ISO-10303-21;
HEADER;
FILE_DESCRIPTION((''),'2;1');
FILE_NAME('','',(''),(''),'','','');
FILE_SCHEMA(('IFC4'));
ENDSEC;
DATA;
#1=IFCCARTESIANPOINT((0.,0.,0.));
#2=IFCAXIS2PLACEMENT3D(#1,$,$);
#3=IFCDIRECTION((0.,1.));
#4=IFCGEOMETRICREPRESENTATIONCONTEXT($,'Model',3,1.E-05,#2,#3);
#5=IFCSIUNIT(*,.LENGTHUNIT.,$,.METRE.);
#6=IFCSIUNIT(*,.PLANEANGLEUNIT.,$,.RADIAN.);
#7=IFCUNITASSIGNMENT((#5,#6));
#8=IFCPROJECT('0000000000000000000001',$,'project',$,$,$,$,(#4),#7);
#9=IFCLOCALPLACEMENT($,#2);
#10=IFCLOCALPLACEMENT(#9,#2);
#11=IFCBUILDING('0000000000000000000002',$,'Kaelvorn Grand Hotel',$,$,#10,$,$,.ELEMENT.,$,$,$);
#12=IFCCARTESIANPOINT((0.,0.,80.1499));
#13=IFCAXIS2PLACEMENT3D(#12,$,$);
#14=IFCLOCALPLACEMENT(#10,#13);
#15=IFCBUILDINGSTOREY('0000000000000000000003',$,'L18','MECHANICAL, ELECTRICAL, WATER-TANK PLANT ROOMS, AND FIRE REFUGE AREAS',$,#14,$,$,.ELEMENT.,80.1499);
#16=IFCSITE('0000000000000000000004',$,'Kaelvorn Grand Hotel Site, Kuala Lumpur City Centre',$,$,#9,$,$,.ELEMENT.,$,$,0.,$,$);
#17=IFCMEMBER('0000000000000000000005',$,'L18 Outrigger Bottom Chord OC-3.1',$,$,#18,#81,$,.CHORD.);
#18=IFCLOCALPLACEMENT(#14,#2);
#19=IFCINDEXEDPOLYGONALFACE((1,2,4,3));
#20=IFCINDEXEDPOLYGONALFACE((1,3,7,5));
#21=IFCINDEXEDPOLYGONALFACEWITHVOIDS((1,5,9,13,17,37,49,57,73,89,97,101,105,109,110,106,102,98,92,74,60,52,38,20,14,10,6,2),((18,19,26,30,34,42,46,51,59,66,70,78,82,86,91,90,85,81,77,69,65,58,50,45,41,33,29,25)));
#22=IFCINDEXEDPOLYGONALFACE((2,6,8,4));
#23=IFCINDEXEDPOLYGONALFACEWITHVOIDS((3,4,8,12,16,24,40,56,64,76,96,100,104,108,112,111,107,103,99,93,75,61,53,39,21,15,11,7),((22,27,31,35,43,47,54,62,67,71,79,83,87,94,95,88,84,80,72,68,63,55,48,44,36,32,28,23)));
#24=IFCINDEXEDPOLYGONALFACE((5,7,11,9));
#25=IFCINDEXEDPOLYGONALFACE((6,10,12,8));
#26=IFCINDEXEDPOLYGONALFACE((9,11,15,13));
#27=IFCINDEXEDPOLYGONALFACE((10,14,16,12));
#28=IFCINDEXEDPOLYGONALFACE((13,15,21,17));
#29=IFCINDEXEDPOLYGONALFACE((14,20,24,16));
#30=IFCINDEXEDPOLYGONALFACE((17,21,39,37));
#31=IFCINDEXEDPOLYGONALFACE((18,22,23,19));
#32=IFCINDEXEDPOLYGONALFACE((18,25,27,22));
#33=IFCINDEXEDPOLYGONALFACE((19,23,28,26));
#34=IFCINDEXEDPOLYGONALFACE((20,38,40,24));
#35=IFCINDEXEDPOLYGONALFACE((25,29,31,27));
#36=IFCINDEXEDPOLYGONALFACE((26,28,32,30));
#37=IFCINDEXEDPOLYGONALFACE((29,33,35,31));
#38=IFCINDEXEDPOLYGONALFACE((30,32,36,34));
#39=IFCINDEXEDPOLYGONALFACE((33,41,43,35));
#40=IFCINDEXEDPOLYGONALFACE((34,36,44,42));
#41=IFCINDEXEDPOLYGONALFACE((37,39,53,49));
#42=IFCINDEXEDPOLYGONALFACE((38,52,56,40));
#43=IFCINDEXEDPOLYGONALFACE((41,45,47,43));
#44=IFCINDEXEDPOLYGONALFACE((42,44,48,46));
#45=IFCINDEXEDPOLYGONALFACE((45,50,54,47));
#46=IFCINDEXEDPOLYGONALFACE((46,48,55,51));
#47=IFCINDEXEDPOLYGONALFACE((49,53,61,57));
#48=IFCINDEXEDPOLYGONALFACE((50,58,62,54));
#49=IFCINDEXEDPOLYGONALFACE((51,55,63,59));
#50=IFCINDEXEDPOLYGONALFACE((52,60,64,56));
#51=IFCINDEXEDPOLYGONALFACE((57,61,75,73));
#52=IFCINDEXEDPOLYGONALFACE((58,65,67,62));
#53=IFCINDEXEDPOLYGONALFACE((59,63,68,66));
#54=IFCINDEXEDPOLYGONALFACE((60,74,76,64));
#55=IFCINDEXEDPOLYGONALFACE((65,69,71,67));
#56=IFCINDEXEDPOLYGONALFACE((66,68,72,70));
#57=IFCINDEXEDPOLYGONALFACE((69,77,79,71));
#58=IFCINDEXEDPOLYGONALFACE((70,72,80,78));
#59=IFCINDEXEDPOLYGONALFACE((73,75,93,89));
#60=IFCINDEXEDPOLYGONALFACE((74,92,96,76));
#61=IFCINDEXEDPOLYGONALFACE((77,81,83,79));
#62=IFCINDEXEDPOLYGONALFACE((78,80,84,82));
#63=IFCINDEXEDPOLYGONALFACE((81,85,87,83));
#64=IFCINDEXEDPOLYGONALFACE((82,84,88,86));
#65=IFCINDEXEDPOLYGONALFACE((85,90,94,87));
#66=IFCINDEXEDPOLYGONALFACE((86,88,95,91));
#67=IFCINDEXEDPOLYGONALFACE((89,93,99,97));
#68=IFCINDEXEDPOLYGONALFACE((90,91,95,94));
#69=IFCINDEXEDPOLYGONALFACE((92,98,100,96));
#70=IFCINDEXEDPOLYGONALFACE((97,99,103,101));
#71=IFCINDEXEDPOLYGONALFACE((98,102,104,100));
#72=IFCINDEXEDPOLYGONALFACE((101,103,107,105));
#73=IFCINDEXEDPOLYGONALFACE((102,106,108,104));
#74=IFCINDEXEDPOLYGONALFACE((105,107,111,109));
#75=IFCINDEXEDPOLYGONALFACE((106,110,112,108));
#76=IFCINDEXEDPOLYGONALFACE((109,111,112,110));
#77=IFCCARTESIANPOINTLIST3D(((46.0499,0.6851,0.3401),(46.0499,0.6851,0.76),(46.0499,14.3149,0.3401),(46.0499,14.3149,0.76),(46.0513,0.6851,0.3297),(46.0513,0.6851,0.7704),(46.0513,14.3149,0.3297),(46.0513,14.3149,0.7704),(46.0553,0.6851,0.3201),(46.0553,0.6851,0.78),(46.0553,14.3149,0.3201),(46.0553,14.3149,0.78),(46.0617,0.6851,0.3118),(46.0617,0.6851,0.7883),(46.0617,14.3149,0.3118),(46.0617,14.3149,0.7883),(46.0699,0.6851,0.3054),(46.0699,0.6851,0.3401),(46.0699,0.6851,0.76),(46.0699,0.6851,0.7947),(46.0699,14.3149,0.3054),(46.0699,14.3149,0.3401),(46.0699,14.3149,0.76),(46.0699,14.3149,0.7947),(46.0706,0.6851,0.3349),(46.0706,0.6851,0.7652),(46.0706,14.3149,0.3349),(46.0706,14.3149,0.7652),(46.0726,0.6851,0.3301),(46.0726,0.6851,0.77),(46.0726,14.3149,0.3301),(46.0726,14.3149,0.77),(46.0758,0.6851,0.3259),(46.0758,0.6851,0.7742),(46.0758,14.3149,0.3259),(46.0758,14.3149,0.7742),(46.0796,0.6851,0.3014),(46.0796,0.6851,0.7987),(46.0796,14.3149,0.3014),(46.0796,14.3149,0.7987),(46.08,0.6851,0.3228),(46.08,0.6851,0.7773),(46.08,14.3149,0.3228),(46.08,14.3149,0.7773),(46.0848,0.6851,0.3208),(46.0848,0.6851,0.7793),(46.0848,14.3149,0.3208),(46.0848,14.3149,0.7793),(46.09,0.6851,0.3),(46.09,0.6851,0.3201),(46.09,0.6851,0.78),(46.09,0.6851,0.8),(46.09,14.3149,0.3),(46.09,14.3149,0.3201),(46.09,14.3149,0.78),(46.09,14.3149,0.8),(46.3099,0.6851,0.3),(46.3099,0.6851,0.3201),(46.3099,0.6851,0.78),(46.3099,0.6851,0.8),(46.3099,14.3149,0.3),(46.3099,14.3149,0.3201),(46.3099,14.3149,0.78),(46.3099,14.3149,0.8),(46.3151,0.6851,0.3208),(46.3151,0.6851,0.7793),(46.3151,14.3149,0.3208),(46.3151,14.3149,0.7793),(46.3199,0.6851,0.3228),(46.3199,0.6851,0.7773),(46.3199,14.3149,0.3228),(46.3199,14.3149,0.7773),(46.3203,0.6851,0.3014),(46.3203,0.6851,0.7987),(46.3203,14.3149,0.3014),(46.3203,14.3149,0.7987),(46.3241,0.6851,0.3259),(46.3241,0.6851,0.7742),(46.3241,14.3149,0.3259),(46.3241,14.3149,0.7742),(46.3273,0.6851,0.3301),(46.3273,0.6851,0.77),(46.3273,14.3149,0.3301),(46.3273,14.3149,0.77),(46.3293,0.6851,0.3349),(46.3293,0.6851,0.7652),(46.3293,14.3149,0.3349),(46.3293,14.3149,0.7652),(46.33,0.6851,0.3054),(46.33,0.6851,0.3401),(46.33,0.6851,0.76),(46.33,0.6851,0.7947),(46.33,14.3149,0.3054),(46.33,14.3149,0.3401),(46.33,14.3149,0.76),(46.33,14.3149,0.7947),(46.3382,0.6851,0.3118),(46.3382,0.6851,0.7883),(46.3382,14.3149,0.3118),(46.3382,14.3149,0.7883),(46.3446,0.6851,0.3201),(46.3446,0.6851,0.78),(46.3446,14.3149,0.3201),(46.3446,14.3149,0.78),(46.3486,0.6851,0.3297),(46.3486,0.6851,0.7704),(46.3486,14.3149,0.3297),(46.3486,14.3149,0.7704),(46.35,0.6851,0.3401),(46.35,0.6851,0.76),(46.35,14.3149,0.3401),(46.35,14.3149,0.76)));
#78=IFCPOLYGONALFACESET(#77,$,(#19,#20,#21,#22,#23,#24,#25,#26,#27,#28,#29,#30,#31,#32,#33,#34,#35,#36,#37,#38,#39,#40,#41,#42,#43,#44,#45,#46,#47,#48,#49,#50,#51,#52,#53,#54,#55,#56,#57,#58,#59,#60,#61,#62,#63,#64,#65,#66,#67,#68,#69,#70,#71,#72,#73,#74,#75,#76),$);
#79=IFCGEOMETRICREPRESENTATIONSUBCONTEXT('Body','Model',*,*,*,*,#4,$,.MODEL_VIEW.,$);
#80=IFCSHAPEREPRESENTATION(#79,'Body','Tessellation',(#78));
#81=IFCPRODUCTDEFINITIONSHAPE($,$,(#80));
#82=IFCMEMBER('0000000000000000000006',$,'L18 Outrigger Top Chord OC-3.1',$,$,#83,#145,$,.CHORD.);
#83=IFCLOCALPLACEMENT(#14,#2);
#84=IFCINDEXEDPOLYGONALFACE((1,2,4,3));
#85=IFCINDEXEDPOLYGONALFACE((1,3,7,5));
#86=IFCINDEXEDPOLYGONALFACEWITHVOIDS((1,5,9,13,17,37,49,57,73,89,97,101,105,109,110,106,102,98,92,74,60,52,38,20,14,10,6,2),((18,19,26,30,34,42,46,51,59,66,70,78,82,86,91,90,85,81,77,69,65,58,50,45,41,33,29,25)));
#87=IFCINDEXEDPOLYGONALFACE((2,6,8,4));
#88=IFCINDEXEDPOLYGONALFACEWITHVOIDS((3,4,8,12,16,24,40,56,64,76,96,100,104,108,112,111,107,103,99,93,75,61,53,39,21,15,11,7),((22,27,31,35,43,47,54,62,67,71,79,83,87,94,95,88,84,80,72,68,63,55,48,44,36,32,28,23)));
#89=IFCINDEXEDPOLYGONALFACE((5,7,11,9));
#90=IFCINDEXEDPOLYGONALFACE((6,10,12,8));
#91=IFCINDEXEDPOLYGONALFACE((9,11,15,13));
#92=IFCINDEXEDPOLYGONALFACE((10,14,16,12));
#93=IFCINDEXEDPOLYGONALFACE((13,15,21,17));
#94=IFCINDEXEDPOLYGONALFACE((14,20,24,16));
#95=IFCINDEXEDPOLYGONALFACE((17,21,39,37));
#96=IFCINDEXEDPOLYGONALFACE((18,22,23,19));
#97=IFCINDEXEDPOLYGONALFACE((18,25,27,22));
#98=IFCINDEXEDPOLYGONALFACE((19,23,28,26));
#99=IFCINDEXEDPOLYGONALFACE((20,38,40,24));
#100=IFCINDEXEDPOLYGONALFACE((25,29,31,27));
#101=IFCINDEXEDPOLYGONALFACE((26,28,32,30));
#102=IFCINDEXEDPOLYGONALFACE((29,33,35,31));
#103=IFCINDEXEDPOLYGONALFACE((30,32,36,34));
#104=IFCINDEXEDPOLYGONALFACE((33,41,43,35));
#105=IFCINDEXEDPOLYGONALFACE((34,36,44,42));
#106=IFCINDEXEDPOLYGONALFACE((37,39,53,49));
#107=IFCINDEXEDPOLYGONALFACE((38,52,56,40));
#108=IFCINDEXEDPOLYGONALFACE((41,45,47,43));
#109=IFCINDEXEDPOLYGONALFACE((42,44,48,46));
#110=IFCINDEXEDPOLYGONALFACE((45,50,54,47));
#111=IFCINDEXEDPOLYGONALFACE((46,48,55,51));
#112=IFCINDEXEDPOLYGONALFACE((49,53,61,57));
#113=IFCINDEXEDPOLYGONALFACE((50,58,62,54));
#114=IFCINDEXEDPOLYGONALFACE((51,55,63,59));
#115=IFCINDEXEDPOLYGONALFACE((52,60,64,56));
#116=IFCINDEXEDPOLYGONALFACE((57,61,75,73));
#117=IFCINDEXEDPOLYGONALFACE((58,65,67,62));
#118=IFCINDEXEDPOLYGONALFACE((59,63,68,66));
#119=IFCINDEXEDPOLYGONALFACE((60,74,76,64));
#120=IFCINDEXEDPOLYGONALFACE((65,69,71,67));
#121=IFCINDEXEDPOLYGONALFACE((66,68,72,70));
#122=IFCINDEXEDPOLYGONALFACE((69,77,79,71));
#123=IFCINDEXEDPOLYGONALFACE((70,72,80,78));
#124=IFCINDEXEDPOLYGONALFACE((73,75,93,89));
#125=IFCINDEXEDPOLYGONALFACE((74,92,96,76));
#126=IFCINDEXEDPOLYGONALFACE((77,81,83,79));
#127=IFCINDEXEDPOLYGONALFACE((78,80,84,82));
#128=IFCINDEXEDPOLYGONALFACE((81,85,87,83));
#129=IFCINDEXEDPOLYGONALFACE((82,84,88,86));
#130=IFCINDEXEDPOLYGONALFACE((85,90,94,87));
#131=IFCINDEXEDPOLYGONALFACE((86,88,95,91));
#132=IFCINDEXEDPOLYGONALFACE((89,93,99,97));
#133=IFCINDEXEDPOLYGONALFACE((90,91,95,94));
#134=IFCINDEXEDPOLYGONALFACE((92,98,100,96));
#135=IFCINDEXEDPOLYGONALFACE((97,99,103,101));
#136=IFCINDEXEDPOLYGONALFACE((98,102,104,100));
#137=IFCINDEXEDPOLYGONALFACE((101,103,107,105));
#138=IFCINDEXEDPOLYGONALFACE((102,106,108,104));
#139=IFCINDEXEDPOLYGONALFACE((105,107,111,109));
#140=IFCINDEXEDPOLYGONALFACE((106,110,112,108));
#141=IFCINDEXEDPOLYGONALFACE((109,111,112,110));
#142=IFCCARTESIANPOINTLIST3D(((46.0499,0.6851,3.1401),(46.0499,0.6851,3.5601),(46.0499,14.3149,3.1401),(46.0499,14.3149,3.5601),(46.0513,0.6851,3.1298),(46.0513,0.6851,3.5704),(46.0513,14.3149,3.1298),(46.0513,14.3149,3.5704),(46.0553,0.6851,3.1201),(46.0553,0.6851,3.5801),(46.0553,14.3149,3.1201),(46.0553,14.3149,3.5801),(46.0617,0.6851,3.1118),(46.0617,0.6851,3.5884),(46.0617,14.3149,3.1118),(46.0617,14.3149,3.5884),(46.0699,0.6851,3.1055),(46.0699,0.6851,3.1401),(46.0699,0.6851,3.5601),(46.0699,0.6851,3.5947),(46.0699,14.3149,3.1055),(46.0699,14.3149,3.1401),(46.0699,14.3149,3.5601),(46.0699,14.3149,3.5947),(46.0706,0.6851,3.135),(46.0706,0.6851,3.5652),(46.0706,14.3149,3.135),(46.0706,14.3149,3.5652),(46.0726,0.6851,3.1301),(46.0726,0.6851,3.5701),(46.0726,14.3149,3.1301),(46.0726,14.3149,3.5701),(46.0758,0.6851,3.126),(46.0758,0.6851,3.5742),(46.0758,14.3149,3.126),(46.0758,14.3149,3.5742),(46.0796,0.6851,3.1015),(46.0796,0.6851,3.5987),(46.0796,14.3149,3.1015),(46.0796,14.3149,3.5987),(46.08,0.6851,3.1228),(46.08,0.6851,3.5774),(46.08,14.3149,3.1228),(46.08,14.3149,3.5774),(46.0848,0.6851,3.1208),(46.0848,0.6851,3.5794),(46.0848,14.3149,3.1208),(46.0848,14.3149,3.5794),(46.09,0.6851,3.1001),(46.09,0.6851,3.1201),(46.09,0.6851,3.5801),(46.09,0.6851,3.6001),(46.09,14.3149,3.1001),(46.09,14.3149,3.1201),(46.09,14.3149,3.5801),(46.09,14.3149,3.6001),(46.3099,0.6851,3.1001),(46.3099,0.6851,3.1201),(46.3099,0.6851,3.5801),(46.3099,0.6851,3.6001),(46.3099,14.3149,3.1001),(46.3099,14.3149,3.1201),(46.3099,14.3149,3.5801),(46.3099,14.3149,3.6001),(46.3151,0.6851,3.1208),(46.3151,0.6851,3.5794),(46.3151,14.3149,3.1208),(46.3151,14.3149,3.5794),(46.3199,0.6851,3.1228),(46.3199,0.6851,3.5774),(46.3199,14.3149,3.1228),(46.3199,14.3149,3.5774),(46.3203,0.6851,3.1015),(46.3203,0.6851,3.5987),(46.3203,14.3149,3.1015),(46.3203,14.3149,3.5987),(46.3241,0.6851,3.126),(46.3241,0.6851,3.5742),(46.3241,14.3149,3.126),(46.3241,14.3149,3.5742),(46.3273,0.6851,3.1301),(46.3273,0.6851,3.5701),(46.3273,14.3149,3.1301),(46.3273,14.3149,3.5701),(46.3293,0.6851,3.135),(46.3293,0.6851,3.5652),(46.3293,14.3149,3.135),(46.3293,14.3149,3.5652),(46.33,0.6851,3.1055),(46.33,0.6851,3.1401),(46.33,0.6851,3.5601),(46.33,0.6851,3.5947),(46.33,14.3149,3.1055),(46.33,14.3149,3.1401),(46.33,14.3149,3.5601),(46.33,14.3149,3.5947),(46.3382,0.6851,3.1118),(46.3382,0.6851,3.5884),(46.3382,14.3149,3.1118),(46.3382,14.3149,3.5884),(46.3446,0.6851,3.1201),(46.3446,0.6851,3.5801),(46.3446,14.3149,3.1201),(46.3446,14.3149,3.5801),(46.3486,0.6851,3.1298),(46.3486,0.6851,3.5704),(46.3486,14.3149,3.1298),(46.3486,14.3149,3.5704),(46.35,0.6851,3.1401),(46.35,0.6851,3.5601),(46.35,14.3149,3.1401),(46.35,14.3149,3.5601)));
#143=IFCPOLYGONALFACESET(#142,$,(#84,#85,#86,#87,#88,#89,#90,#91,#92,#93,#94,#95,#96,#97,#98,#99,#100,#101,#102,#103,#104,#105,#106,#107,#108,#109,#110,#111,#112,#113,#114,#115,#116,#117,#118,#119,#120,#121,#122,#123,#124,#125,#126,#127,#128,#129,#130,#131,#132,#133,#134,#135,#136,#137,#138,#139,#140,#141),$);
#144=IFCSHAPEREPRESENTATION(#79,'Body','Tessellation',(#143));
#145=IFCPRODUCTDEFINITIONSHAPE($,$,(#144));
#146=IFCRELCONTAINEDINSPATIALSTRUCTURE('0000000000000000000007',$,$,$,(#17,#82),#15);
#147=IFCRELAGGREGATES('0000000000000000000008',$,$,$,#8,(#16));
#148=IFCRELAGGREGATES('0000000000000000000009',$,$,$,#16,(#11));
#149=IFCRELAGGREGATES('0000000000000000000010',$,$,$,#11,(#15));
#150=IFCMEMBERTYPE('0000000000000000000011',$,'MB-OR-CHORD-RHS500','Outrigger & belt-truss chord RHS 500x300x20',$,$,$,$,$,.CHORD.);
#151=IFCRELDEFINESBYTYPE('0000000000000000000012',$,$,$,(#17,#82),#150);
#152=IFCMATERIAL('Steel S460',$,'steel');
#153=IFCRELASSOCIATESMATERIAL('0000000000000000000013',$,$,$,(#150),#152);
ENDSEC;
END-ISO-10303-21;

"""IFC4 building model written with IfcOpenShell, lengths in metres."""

from ifc_helpers import new_model, si_unit, direction, frame, origin, origin_2d, place, context, subcontext, project, spatial, hollow_rectangle, extrude, material, material_profile, profile_set, type_object, element, save


model = new_model("IFC4")

# Units and contexts
model_context = context("Model", 3, precision=1e-05, world=origin(), true_north=direction((0.0, 1.0)))
body_context = subcontext(model_context, "Body", "Model", "MODEL_VIEW")
ifc_project = project(units=[si_unit("LENGTHUNIT", "METRE"), si_unit("PLANEANGLEUNIT", "RADIAN")], contexts=[model_context])

# Site, building, storey
site_placement = place(None, origin())
site = spatial("IfcSite", under=ifc_project, at=site_placement, Name="Kaelvorn Grand Hotel Site, Kuala Lumpur City Centre", CompositionType="ELEMENT", RefElevation=0.0)
building_placement = place(site_placement, origin())
building = spatial("IfcBuilding", under=site, at=building_placement, Name="Kaelvorn Grand Hotel", CompositionType="ELEMENT")
storey_placement = place(building_placement, frame((0.0, 0.0, 80.1499)))
storey = spatial("IfcBuildingStorey", under=building, at=storey_placement, Name="L18", Description="MECHANICAL, ELECTRICAL, WATER-TANK PLANT ROOMS, AND FIRE REFUGE AREAS", CompositionType="ELEMENT", Elevation=80.1499)

# Shared definitions
ifc_material_1 = material(Name="Steel S460", Category="steel")

# Members
ifc_material_profile_1 = material_profile(ifc_material_1, hollow_rectangle(XDim=0.3, YDim=0.5, WallThickness=0.02, InnerFilletRadius=0.02, OuterFilletRadius=0.04, at=origin_2d()), Name="RHS 500x300x20.0")
ifc_profile_set_1 = profile_set([ifc_material_profile_1], Name="Steel S460")
member_type_1 = type_object("IfcMemberType", Name="MB-OR-CHORD-RHS500", Description="Outrigger & belt-truss chord RHS 500x300x20", PredefinedType="CHORD", material=ifc_profile_set_1)
for number, where, z_axis, x_axis, name in (
    (1, (46.2, 0.6851, 0.55), (0.0, 1.0, 0.0), (-1.0, 0.0, 0.0), "L18 Outrigger Bottom Chord OC-3.1"),
    (2, (46.2, 0.6851, 3.3501), (0.0, 1.0, 0.0), (-1.0, 0.0, 0.0), "L18 Outrigger Top Chord OC-3.1"),
):
    element("IfcMember", number, at=place(storey_placement, frame(where, z_axis=z_axis, x_axis=x_axis)), inside=storey, type_object=member_type_1, Name=name, PredefinedType="CHORD", context=body_context, shape_type="SweptSolid", body=[
        extrude(hollow_rectangle(XDim=0.3, YDim=0.5, WallThickness=0.02, InnerFilletRadius=0.02, OuterFilletRadius=0.04, at=origin_2d()), origin(), (0.0, 0.0, 1.0), 13.6299),
    ])

save(model, "model.ifc")
